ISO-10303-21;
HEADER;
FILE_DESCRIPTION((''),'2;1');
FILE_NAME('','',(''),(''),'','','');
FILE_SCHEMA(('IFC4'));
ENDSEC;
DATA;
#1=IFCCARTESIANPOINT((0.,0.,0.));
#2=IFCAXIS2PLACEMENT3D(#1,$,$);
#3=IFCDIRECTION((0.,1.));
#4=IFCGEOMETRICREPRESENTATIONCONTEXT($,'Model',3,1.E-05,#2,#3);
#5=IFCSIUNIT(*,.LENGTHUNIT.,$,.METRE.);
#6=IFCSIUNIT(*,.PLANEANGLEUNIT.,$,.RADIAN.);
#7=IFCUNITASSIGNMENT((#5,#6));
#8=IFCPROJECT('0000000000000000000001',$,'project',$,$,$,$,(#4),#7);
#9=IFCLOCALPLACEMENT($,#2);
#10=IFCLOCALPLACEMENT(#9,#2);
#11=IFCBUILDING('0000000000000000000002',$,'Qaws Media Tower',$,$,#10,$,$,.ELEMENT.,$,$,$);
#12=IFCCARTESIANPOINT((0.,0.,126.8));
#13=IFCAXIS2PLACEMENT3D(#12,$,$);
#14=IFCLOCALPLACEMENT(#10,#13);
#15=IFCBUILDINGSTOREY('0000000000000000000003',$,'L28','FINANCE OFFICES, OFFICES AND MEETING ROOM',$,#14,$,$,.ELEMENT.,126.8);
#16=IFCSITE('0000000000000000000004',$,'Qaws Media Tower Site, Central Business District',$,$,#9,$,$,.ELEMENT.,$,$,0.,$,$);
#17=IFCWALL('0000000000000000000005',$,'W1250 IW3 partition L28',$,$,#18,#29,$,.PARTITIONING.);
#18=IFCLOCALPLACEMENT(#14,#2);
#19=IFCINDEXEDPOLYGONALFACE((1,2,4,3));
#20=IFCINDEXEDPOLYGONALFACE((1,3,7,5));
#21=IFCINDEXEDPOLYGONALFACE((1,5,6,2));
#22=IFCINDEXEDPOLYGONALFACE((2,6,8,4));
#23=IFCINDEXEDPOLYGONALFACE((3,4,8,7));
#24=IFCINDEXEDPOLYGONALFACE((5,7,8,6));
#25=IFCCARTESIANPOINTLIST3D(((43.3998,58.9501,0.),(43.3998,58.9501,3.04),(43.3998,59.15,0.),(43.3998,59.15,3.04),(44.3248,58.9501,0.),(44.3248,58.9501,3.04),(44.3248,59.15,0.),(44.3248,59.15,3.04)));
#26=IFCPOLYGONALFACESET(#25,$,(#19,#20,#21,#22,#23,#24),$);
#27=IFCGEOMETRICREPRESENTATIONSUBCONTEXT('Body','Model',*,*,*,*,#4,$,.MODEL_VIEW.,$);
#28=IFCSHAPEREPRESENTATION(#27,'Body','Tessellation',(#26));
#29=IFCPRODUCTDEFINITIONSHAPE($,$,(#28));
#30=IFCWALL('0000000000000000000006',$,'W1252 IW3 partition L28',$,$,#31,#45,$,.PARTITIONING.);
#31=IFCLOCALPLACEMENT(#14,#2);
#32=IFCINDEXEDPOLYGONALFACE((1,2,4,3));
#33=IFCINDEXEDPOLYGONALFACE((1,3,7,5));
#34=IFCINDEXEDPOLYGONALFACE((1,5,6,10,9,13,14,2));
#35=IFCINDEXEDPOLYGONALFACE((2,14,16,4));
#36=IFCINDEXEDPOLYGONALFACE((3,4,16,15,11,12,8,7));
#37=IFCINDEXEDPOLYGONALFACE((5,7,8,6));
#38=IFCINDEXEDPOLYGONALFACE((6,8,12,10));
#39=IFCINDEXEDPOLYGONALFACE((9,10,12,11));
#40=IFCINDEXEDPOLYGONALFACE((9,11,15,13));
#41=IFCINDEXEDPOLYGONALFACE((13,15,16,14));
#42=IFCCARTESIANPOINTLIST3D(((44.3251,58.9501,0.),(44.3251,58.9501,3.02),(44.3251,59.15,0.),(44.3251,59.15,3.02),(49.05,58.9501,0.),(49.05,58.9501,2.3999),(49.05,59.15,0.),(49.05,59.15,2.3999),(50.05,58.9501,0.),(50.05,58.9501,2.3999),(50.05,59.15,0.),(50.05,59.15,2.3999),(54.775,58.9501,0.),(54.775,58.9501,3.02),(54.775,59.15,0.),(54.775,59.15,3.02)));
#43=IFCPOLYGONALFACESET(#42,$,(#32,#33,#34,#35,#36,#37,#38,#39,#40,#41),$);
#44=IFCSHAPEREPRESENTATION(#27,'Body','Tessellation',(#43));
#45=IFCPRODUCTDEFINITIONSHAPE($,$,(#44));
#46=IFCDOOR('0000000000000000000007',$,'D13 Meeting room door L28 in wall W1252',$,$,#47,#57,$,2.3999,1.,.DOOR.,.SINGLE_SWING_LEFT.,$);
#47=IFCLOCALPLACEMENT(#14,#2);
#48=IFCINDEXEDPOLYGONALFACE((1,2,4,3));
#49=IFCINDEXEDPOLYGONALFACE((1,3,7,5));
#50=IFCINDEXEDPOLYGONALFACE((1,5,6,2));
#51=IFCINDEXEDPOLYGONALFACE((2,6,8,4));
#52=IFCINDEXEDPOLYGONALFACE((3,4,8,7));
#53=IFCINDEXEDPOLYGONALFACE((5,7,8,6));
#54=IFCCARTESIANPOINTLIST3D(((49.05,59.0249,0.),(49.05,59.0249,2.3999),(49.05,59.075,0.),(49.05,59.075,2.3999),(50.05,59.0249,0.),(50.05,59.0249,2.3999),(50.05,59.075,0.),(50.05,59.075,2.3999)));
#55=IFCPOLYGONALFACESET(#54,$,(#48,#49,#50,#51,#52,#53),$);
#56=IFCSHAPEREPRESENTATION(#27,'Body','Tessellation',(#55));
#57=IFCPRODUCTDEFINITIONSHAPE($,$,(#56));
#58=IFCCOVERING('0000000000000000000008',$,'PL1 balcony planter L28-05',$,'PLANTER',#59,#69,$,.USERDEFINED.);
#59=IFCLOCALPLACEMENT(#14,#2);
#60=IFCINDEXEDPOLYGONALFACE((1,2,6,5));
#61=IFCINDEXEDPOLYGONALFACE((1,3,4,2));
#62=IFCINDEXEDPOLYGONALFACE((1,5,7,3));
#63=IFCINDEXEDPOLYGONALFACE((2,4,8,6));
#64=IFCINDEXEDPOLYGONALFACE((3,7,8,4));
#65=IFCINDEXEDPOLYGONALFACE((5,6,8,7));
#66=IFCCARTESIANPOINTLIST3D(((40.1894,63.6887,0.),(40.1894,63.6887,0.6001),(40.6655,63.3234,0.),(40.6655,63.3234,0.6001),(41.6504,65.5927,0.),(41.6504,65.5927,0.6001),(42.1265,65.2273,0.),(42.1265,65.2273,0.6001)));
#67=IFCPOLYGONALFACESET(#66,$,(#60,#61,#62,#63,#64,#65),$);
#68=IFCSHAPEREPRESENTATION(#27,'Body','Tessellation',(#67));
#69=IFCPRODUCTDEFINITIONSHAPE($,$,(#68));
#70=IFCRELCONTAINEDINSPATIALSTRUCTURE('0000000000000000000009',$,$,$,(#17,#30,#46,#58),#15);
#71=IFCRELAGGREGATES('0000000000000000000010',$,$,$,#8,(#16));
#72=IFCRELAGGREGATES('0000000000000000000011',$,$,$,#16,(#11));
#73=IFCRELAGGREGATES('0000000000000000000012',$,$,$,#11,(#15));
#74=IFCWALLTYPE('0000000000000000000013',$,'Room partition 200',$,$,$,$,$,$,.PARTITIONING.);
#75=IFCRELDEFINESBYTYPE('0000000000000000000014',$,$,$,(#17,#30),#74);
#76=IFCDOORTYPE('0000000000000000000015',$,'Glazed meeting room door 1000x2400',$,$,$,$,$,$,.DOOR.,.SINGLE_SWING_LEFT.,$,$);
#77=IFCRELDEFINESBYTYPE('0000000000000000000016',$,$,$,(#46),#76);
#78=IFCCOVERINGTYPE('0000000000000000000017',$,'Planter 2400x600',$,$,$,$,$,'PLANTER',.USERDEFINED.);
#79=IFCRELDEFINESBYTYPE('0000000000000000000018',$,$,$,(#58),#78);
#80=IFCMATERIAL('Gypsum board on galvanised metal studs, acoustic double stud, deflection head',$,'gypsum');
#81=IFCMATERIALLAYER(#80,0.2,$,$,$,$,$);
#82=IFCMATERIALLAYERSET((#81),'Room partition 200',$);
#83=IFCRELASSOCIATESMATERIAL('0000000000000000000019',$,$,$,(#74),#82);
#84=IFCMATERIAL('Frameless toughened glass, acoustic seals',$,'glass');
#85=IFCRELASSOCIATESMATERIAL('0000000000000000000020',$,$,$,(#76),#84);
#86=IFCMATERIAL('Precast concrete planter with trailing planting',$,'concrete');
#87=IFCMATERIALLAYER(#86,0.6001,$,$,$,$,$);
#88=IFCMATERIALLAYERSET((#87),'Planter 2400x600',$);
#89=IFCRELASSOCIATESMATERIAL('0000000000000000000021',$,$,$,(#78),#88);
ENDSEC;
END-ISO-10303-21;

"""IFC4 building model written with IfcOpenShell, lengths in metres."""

from ifc_helpers import new_model, si_unit, direction, frame, frame_2d, origin, origin_2d, place, context, subcontext, project, spatial, rectangle, extrude, material, layer, layer_set, type_object, element, fill, save


model = new_model("IFC4")

# Units and contexts
model_context = context("Model", 3, precision=1e-05, world=origin(), true_north=direction((0.0, 1.0)))
body_context = subcontext(model_context, "Body", "Model", "MODEL_VIEW")
ifc_project = project(units=[si_unit("LENGTHUNIT", "METRE"), si_unit("PLANEANGLEUNIT", "RADIAN")], contexts=[model_context])

# Site, building, storey
site_placement = place(None, origin())
site = spatial("IfcSite", under=ifc_project, at=site_placement, Name="Qaws Media Tower Site, Central Business District", CompositionType="ELEMENT", RefElevation=0.0)
building_placement = place(site_placement, origin())
building = spatial("IfcBuilding", under=site, at=building_placement, Name="Qaws Media Tower", CompositionType="ELEMENT")
storey_placement = place(building_placement, frame((0.0, 0.0, 126.8)))
storey = spatial("IfcBuildingStorey", under=building, at=storey_placement, Name="L28", Description="FINANCE OFFICES, OFFICES AND MEETING ROOM", CompositionType="ELEMENT", Elevation=126.8)

# Wall
ifc_material_1 = material(Name="Gypsum board on galvanised metal studs, acoustic double stud, deflection head", Category="gypsum")
ifc_layer_1 = layer(ifc_material_1, 0.2)
ifc_layer_set_1 = layer_set([ifc_layer_1], Name="Room partition 200")
wall_type_1 = type_object("IfcWallType", Name="Room partition 200", PredefinedType="PARTITIONING", material=ifc_layer_set_1)
wall_1_placement = place(storey_placement, frame((43.3999, 59.05, 0.0), z_axis=(0.0, 0.0, 1.0), x_axis=(1.0, 0.0, 0.0)))
element("IfcWall", 1, at=wall_1_placement, inside=storey, type_object=wall_type_1, Name="W1250 IW3 partition L28", PredefinedType="PARTITIONING", context=body_context, shape_type="SweptSolid", body=[
    extrude(rectangle(XDim=0.925, YDim=0.2, at=frame_2d((0.4624, 0.0))), origin(), (0.0, 0.0, 1.0), 3.04),
])

# Wall, opening, door
wall_2_placement = place(storey_placement, frame((44.325, 59.05, 0.0), z_axis=(0.0, 0.0, 1.0), x_axis=(1.0, 0.0, 0.0)))
wall_2 = element("IfcWall", 2, at=wall_2_placement, inside=storey, type_object=wall_type_1, Name="W1252 IW3 partition L28", PredefinedType="PARTITIONING", context=body_context, shape_type="SweptSolid", body=[
    extrude(rectangle(XDim=10.45, YDim=0.2, at=frame_2d((5.2251, 0.0))), origin(), (0.0, 0.0, 1.0), 3.02),
])
opening_placement = place(wall_2_placement, frame((4.7251, 0.0, 0.0)))
opening = element("IfcOpeningElement", 3, at=opening_placement, cuts=wall_2, PredefinedType="OPENING", context=body_context, shape_type="SweptSolid", body=[
    extrude(rectangle(XDim=1.0, YDim=2.3999, at=frame_2d((0.5, 1.2))), frame((0.0, 0.1099, 0.0), z_axis=(0.0, -1.0, 0.0), x_axis=(1.0, 0.0, 0.0)), (0.0, 0.0, 1.0), 0.22),
])
ifc_material_2 = material(Name="Frameless toughened glass, acoustic seals", Category="glass")
door_type = type_object("IfcDoorType", Name="Glazed meeting room door 1000x2400", OperationType="SINGLE_SWING_LEFT", PredefinedType="DOOR", material=ifc_material_2)
door_placement = place(opening_placement, origin())
door = element("IfcDoor", 4, at=door_placement, inside=storey, type_object=door_type, Name="D13 Meeting room door L28 in wall W1252", OperationType="SINGLE_SWING_LEFT", OverallHeight=2.3999, OverallWidth=1.0, PredefinedType="DOOR", context=body_context, shape_type="SweptSolid", body=[
    extrude(rectangle(XDim=1.0, YDim=2.3999, at=frame_2d((0.5, 1.2))), frame((0.0, 0.0249, 0.0), z_axis=(0.0, -1.0, 0.0), x_axis=(1.0, 0.0, 0.0)), (0.0, 0.0, 1.0), 0.05),
])
fill(opening, door)

# Covering
ifc_material_3 = material(Name="Precast concrete planter with trailing planting", Category="concrete")
ifc_layer_2 = layer(ifc_material_3, 0.6001)
ifc_layer_set_2 = layer_set([ifc_layer_2], Name="Planter 2400x600")
covering_type = type_object("IfcCoveringType", Name="Planter 2400x600", ElementType="PLANTER", PredefinedType="USERDEFINED", material=ifc_layer_set_2)
covering_placement = place(storey_placement, frame((41.158, 64.458, 0.0), z_axis=(0.0, 0.0, 1.0), x_axis=(-0.608761, -0.793353, 0.0)))
element("IfcCovering", 5, at=covering_placement, inside=storey, type_object=covering_type, Name="PL1 balcony planter L28-05", ObjectType="PLANTER", PredefinedType="USERDEFINED", context=body_context, shape_type="SweptSolid", body=[
    extrude(rectangle(XDim=2.3999, YDim=0.6001, at=origin_2d()), origin(), (0.0, 0.0, 1.0), 0.6001),
])

save(model, "model.ifc")
